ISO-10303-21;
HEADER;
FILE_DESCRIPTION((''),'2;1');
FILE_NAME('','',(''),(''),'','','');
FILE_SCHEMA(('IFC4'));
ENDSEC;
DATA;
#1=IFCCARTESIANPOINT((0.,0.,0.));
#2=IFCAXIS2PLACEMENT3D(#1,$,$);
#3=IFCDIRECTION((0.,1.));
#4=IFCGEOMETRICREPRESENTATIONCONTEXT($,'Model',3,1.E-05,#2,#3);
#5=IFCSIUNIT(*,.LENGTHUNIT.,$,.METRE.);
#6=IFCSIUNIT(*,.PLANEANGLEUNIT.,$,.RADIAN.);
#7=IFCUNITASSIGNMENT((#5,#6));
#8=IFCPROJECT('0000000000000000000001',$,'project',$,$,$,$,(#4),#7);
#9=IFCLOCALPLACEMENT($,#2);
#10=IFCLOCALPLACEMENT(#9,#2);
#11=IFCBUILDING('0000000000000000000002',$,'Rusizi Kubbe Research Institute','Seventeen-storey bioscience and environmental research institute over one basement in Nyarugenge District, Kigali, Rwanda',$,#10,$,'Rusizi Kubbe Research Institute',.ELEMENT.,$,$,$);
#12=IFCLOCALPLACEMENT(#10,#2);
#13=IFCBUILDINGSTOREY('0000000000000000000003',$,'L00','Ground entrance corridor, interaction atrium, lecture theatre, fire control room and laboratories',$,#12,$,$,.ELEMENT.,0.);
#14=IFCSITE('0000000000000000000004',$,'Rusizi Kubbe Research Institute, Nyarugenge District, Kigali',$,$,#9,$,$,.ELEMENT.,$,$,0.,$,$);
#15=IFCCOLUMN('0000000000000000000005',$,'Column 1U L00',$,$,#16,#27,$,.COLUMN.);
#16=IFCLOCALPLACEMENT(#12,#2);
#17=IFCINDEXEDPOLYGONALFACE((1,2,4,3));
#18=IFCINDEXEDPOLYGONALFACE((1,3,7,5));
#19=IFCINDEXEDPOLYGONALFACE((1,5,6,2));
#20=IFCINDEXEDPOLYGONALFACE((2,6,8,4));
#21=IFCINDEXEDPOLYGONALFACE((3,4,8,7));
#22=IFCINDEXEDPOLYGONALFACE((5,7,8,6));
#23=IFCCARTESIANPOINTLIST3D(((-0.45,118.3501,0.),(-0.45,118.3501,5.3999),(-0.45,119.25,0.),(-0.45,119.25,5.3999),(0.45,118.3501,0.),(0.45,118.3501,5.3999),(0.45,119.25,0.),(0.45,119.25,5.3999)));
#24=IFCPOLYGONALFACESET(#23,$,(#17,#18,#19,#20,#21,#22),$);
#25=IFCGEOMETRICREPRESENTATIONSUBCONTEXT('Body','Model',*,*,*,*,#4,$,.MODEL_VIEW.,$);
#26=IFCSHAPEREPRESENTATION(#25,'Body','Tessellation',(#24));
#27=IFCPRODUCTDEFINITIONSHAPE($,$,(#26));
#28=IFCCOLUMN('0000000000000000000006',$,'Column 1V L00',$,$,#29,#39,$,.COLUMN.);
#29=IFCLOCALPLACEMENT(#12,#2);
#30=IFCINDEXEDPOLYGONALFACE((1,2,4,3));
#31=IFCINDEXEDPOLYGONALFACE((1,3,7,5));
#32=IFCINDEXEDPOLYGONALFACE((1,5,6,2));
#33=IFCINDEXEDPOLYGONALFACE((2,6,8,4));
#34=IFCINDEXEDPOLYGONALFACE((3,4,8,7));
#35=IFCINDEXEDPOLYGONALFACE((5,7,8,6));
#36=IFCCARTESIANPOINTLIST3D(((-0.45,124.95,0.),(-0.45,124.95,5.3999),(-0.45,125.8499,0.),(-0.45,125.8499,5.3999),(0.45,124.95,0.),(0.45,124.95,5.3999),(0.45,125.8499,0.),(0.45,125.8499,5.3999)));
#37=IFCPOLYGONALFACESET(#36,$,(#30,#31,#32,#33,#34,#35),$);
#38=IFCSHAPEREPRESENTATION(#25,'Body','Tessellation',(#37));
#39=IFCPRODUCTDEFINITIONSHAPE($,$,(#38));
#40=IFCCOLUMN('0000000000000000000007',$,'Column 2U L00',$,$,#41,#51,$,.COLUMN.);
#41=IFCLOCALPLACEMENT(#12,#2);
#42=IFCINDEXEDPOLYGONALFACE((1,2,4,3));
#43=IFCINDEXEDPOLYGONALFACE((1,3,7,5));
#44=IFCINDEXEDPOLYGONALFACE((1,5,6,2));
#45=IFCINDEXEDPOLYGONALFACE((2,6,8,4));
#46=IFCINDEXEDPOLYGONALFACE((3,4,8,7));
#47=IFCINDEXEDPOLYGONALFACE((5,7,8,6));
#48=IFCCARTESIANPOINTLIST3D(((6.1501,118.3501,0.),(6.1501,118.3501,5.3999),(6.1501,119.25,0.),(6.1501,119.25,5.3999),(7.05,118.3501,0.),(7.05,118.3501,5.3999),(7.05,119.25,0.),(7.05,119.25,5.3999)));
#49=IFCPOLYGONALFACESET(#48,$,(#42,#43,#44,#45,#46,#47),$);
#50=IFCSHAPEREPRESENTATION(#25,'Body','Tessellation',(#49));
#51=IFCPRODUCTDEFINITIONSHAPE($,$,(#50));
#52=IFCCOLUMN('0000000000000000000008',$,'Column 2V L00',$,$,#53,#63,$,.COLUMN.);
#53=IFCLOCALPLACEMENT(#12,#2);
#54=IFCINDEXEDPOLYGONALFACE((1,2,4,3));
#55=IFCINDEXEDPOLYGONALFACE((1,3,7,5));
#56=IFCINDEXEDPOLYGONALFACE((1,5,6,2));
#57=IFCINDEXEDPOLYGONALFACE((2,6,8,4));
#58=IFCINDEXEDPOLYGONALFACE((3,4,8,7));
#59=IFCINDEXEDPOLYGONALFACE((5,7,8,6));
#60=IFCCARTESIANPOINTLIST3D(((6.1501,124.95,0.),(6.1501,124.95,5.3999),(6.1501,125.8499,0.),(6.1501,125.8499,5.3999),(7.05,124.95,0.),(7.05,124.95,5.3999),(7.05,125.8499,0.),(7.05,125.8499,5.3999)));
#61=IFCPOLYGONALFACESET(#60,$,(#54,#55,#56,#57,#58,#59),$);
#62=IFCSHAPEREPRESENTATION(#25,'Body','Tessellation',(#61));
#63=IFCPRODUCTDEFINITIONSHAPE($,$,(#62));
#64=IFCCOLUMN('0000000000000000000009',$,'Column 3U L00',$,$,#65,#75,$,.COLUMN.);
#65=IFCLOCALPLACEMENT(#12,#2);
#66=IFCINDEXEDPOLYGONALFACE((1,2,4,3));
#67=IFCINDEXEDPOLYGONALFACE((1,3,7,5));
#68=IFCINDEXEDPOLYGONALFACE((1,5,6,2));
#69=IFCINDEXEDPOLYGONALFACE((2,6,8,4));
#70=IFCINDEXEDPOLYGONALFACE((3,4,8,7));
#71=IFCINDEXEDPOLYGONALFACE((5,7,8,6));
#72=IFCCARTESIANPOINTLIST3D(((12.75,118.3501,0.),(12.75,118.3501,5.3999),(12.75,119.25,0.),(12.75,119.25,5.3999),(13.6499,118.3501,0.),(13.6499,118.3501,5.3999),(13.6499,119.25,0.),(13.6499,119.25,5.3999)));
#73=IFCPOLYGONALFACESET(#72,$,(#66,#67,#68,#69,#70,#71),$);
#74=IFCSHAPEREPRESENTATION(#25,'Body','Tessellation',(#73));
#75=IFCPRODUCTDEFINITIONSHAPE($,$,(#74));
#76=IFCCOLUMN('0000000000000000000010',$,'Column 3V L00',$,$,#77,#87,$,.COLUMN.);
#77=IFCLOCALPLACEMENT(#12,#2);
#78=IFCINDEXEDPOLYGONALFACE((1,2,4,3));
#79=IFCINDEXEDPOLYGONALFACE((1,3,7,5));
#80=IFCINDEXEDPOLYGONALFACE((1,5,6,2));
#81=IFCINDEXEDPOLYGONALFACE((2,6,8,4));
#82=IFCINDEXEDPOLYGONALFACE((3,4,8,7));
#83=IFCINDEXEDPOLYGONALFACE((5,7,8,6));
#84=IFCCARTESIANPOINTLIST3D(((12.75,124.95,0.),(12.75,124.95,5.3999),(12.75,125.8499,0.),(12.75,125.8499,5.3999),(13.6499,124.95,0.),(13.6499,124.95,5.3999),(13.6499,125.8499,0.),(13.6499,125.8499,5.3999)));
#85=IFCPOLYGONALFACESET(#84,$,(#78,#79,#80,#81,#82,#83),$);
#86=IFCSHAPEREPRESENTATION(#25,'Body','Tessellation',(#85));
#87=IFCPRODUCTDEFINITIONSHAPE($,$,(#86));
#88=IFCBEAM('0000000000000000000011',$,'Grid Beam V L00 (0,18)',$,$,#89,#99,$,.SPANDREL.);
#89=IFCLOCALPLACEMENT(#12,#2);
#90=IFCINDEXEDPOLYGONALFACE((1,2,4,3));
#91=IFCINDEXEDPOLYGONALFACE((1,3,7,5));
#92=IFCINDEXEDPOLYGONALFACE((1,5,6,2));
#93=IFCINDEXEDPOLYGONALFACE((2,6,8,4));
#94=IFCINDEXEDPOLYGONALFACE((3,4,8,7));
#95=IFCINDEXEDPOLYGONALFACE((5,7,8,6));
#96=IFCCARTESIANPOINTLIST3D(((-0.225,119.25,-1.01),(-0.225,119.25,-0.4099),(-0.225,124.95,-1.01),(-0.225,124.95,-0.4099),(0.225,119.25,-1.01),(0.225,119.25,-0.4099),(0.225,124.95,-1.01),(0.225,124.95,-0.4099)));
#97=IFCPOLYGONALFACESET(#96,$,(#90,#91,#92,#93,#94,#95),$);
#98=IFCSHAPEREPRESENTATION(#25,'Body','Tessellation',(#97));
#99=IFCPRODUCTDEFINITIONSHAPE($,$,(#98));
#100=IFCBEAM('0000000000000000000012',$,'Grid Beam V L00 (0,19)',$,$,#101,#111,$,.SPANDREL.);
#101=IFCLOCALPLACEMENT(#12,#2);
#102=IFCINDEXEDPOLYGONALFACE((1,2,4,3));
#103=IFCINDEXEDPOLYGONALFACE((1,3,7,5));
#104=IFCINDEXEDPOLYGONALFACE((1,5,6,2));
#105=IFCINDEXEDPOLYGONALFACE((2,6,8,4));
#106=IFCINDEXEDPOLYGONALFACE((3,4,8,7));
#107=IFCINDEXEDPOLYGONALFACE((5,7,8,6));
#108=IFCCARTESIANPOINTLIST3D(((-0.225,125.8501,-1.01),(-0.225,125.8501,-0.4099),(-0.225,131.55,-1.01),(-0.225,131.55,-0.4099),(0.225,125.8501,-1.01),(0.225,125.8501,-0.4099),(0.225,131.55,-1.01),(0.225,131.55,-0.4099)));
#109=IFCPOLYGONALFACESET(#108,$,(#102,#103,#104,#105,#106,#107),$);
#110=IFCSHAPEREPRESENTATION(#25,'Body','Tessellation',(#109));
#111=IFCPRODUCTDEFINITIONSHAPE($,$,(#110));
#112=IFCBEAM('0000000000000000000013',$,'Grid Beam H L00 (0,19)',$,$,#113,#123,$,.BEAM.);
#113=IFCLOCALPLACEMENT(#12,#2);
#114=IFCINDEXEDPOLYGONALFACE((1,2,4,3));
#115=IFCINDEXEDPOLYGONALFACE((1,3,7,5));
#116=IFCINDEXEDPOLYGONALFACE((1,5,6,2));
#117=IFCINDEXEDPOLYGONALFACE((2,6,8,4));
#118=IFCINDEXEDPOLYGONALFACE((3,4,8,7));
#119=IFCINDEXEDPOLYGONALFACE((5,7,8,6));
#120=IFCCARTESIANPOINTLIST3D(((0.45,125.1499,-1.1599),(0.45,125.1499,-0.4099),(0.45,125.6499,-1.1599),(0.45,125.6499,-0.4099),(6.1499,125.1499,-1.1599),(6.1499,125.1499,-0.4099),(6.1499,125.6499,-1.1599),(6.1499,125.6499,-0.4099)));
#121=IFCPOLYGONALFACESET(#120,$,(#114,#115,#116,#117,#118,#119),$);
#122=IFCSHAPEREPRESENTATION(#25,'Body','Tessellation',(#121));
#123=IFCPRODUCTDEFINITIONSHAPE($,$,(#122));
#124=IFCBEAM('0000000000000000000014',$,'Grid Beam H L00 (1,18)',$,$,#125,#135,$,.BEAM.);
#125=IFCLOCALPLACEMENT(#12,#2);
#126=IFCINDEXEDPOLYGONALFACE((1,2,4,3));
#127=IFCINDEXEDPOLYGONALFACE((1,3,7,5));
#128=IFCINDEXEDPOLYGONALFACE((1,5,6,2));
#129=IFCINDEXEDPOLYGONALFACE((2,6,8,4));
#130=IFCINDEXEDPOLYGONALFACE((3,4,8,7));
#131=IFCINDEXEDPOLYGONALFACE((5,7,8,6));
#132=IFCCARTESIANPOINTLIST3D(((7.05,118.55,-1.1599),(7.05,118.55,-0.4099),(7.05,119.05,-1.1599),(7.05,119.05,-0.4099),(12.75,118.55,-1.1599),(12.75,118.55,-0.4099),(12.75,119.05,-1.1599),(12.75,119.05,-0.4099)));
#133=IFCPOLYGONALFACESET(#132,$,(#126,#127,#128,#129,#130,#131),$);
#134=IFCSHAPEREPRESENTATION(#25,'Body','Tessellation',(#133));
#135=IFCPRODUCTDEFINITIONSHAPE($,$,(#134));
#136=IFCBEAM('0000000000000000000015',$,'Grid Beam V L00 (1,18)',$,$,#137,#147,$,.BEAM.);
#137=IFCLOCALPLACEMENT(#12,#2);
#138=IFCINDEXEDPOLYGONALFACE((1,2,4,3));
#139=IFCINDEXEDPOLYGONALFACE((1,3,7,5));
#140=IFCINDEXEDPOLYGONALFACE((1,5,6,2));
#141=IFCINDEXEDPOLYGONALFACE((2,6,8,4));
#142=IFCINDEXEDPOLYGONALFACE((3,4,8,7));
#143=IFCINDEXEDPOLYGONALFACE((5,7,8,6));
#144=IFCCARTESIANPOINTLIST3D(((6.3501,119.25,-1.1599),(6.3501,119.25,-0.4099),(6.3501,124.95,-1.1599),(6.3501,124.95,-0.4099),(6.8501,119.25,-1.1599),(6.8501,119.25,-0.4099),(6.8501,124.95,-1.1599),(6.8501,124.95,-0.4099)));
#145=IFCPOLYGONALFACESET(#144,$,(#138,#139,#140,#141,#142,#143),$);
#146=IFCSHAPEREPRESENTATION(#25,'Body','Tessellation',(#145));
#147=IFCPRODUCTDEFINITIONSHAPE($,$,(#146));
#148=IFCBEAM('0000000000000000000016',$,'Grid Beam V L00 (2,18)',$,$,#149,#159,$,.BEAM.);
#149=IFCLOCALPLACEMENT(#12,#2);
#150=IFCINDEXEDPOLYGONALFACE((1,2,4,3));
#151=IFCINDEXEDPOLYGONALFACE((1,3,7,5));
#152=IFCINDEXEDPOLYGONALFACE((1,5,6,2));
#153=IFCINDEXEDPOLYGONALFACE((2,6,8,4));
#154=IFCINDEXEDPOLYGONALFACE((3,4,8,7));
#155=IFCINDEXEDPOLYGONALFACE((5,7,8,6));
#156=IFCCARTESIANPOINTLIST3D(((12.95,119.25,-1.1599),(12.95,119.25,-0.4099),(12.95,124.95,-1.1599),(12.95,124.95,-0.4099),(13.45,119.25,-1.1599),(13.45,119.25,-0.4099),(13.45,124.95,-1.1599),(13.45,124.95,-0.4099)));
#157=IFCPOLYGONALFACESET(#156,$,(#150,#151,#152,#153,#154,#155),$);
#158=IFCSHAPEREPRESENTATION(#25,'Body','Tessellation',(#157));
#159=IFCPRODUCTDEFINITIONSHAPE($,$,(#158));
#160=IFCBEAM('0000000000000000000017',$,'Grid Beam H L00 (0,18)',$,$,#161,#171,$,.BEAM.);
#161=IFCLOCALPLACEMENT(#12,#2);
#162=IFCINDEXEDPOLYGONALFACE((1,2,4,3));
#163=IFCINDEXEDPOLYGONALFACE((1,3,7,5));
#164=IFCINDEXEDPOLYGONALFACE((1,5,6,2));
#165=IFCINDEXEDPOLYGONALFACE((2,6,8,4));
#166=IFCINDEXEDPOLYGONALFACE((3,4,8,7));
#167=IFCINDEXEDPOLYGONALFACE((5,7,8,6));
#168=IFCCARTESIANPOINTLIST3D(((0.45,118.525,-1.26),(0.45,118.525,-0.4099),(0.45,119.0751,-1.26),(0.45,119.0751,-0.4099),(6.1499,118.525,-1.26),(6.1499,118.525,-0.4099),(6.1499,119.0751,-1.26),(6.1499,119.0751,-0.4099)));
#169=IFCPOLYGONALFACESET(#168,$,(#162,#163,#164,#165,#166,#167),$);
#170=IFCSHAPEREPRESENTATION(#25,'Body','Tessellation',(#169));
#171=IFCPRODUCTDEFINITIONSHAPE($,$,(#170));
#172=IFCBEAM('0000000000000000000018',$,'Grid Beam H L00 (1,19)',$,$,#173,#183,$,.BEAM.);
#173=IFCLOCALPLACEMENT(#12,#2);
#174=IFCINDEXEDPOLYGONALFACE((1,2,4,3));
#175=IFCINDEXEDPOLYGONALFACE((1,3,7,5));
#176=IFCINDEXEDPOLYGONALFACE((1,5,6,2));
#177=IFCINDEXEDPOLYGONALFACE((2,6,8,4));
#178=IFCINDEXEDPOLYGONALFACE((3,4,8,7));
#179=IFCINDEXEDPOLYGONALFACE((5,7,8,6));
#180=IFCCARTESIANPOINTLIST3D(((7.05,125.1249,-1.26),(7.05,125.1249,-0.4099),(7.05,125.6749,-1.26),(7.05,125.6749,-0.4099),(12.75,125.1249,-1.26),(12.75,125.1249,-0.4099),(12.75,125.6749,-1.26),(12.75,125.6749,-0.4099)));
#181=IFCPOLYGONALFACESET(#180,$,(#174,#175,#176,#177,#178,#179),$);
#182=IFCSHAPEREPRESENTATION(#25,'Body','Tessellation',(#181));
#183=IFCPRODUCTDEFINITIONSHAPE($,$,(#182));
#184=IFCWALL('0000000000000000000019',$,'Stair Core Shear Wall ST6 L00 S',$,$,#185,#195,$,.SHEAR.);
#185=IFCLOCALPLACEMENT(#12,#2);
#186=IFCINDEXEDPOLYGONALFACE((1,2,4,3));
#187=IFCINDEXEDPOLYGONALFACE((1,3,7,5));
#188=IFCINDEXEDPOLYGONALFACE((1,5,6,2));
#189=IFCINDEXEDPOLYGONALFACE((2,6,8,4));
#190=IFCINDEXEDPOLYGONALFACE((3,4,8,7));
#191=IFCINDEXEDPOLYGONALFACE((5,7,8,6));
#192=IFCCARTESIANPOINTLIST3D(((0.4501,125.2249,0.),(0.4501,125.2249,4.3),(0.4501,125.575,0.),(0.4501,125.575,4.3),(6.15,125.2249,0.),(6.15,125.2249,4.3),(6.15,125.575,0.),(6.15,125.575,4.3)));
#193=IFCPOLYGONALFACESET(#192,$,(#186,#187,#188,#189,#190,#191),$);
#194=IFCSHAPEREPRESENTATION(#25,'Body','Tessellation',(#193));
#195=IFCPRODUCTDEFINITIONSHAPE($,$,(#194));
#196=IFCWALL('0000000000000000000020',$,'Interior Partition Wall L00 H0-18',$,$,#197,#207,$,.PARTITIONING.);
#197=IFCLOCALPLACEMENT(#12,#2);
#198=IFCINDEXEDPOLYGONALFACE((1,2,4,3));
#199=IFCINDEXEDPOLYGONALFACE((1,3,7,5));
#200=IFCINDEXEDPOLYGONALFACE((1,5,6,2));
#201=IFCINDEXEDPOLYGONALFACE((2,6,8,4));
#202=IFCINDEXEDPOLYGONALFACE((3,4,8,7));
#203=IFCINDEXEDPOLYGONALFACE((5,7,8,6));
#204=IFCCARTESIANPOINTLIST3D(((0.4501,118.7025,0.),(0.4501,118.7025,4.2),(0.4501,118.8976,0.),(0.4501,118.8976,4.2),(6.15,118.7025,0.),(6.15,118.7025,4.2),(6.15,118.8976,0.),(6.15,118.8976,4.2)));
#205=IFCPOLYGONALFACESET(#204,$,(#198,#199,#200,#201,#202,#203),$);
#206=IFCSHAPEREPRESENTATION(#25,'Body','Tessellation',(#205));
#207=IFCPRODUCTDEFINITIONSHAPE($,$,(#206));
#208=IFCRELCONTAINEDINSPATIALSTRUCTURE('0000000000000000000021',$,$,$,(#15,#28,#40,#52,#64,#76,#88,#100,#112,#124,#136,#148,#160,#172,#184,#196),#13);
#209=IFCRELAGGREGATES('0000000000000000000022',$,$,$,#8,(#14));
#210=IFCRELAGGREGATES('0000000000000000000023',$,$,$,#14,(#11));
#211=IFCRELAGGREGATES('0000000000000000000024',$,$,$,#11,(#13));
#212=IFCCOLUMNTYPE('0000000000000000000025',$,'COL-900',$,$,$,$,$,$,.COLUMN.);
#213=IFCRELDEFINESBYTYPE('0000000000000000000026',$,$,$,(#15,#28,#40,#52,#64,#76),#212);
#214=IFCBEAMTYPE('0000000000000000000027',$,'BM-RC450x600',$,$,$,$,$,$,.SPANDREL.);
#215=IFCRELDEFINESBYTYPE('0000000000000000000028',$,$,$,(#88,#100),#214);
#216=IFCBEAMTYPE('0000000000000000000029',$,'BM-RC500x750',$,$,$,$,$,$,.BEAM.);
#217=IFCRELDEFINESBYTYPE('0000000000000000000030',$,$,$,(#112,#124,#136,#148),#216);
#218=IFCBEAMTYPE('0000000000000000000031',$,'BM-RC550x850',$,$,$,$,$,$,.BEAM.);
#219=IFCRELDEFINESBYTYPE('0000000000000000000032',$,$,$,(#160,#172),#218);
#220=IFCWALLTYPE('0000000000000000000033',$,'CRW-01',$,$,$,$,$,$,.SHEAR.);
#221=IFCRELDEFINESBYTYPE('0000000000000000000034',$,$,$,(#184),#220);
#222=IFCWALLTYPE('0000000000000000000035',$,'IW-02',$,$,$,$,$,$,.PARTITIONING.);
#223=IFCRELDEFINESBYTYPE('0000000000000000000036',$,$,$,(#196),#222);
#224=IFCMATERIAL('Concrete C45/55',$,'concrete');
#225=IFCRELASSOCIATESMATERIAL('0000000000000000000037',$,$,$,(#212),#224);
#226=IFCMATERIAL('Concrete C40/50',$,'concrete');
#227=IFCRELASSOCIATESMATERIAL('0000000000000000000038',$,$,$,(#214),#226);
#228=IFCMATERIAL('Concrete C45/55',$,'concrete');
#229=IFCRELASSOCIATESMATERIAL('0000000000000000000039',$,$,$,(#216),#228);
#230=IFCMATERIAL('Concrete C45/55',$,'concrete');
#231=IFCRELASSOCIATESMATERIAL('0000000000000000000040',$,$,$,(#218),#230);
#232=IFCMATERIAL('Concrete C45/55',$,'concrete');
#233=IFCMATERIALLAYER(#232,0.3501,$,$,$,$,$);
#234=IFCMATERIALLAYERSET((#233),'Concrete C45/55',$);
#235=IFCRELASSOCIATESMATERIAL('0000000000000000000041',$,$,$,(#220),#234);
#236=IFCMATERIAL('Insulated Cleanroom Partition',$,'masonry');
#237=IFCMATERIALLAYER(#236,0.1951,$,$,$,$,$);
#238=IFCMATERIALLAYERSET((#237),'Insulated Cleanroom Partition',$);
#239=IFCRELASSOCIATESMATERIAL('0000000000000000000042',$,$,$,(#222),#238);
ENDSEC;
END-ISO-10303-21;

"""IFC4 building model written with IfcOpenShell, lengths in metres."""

from ifc_helpers import new_model, si_unit, direction, frame, frame_2d, origin, origin_2d, place, context, subcontext, project, spatial, rectangle, extrude, material, layer, layer_set, material_profile, profile_set, type_object, element, save


model = new_model("IFC4")

# Units and contexts
model_context = context("Model", 3, precision=1e-05, world=origin(), true_north=direction((0.0, 1.0)))
body_context = subcontext(model_context, "Body", "Model", "MODEL_VIEW")
ifc_project = project(units=[si_unit("LENGTHUNIT", "METRE"), si_unit("PLANEANGLEUNIT", "RADIAN")], contexts=[model_context])

# Site, building, storey
site_placement = place(None, origin())
site = spatial("IfcSite", under=ifc_project, at=site_placement, Name="Rusizi Kubbe Research Institute, Nyarugenge District, Kigali", CompositionType="ELEMENT", RefElevation=0.0)
building_placement = place(site_placement, origin())
building = spatial("IfcBuilding", under=site, at=building_placement, Name="Rusizi Kubbe Research Institute", Description="Seventeen-storey bioscience and environmental research institute over one basement in Nyarugenge District, Kigali, Rwanda", LongName="Rusizi Kubbe Research Institute", CompositionType="ELEMENT")
storey_placement = place(building_placement, origin())
storey = spatial("IfcBuildingStorey", under=building, at=storey_placement, Name="L00", Description="Ground entrance corridor, interaction atrium, lecture theatre, fire control room and laboratories", CompositionType="ELEMENT", Elevation=0.0)

# Columns
ifc_material_1 = material(Name="Concrete C45/55", Category="concrete")
ifc_material_profile_1 = material_profile(ifc_material_1, rectangle(XDim=0.8999, YDim=0.8999, at=origin_2d()), Name="RC900x900")
ifc_profile_set_1 = profile_set([ifc_material_profile_1], Name="Concrete C45/55")
column_type = type_object("IfcColumnType", Name="COL-900", PredefinedType="COLUMN", material=ifc_profile_set_1)
for number, where, z_axis, x_axis, name in (
    (1, (0.0, 118.8, 0.0), (0.0, 0.0, 1.0), (1.0, 0.0, 0.0), "Column 1U L00"),
    (2, (0.0, 125.3999, 0.0), (0.0, 0.0, 1.0), (1.0, 0.0, 0.0), "Column 1V L00"),
    (3, (6.6001, 118.8, 0.0), (0.0, 0.0, 1.0), (1.0, 0.0, 0.0), "Column 2U L00"),
    (4, (6.6001, 125.3999, 0.0), (0.0, 0.0, 1.0), (1.0, 0.0, 0.0), "Column 2V L00"),
    (5, (13.2, 118.8, 0.0), (0.0, 0.0, 1.0), (1.0, 0.0, 0.0), "Column 3U L00"),
    (6, (13.2, 125.3999, 0.0), (0.0, 0.0, 1.0), (1.0, 0.0, 0.0), "Column 3V L00"),
):
    element("IfcColumn", number, at=place(storey_placement, frame(where, z_axis=z_axis, x_axis=x_axis)), inside=storey, type_object=column_type, Name=name, PredefinedType="COLUMN", context=body_context, shape_type="SweptSolid", body=[
        extrude(rectangle(XDim=0.8999, YDim=0.8999, at=origin_2d()), origin(), (0.0, 0.0, 1.0), 5.3999),
    ])

# Beams
ifc_material_2 = material(Name="Concrete C40/50", Category="concrete")
ifc_material_profile_2 = material_profile(ifc_material_2, rectangle(XDim=0.45, YDim=0.6001, at=origin_2d()), Name="RC450x600")
ifc_profile_set_2 = profile_set([ifc_material_profile_2], Name="Concrete C40/50")
beam_type_1 = type_object("IfcBeamType", Name="BM-RC450x600", PredefinedType="SPANDREL", material=ifc_profile_set_2)
for number, where, z_axis, x_axis, name in (
    (7, (0.0, 119.25, -0.71), (0.0, 1.0, 0.0), (-1.0, 0.0, 0.0), "Grid Beam V L00 (0,18)"),
    (8, (0.0, 125.8501, -0.71), (0.0, 1.0, 0.0), (-1.0, 0.0, 0.0), "Grid Beam V L00 (0,19)"),
):
    element("IfcBeam", number, at=place(storey_placement, frame(where, z_axis=z_axis, x_axis=x_axis)), inside=storey, type_object=beam_type_1, Name=name, PredefinedType="SPANDREL", context=body_context, shape_type="SweptSolid", body=[
        extrude(rectangle(XDim=0.45, YDim=0.6001, at=origin_2d()), origin(), (0.0, 0.0, 1.0), 5.7),
    ])
ifc_material_3 = material(Name="Concrete C45/55", Category="concrete")
ifc_material_profile_3 = material_profile(ifc_material_3, rectangle(XDim=0.5, YDim=0.75, at=origin_2d()), Name="RC500x750B")
ifc_profile_set_3 = profile_set([ifc_material_profile_3], Name="Concrete C45/55")
beam_type_2 = type_object("IfcBeamType", Name="BM-RC500x750", PredefinedType="BEAM", material=ifc_profile_set_3)
for number, where, z_axis, x_axis, name in (
    (9, (0.45, 125.3999, -0.7849), (1.0, 0.0, 0.0), (0.0, 1.0, 0.0), "Grid Beam H L00 (0,19)"),
    (10, (7.05, 118.8, -0.7849), (1.0, 0.0, 0.0), (0.0, 1.0, 0.0), "Grid Beam H L00 (1,18)"),
    (11, (6.6001, 119.25, -0.7849), (0.0, 1.0, 0.0), (-1.0, 0.0, 0.0), "Grid Beam V L00 (1,18)"),
    (12, (13.2, 119.25, -0.7849), (0.0, 1.0, 0.0), (-1.0, 0.0, 0.0), "Grid Beam V L00 (2,18)"),
):
    element("IfcBeam", number, at=place(storey_placement, frame(where, z_axis=z_axis, x_axis=x_axis)), inside=storey, type_object=beam_type_2, Name=name, PredefinedType="BEAM", context=body_context, shape_type="SweptSolid", body=[
        extrude(rectangle(XDim=0.5, YDim=0.75, at=origin_2d()), origin(), (0.0, 0.0, 1.0), 5.7),
    ])
ifc_material_4 = material(Name="Concrete C45/55", Category="concrete")
ifc_material_profile_4 = material_profile(ifc_material_4, rectangle(XDim=0.55, YDim=0.8501, at=origin_2d()), Name="RC550x850")
ifc_profile_set_4 = profile_set([ifc_material_profile_4], Name="Concrete C45/55")
beam_type_3 = type_object("IfcBeamType", Name="BM-RC550x850", PredefinedType="BEAM", material=ifc_profile_set_4)
for number, where, z_axis, x_axis, name in (
    (13, (0.45, 118.8, -0.835), (1.0, 0.0, 0.0), (0.0, 1.0, 0.0), "Grid Beam H L00 (0,18)"),
    (14, (7.05, 125.3999, -0.835), (1.0, 0.0, 0.0), (0.0, 1.0, 0.0), "Grid Beam H L00 (1,19)"),
):
    element("IfcBeam", number, at=place(storey_placement, frame(where, z_axis=z_axis, x_axis=x_axis)), inside=storey, type_object=beam_type_3, Name=name, PredefinedType="BEAM", context=body_context, shape_type="SweptSolid", body=[
        extrude(rectangle(XDim=0.55, YDim=0.8501, at=origin_2d()), origin(), (0.0, 0.0, 1.0), 5.7),
    ])

# Walls
ifc_material_5 = material(Name="Concrete C45/55", Category="concrete")
ifc_layer_1 = layer(ifc_material_5, 0.3501)
ifc_layer_set_1 = layer_set([ifc_layer_1], Name="Concrete C45/55")
wall_type_1 = type_object("IfcWallType", Name="CRW-01", PredefinedType="SHEAR", material=ifc_layer_set_1)
wall_1_placement = place(storey_placement, frame((0.45, 125.3999, 0.0), z_axis=(0.0, 0.0, 1.0), x_axis=(1.0, 0.0, 0.0)))
element("IfcWall", 15, at=wall_1_placement, inside=storey, type_object=wall_type_1, Name="Stair Core Shear Wall ST6 L00 S", PredefinedType="SHEAR", context=body_context, shape_type="SweptSolid", body=[
    extrude(rectangle(XDim=5.7, YDim=0.3501, at=frame_2d((2.8501, 0.0))), origin(), (0.0, 0.0, 1.0), 4.3),
])
ifc_material_6 = material(Name="Insulated Cleanroom Partition", Category="masonry")
ifc_layer_2 = layer(ifc_material_6, 0.1951)
ifc_layer_set_2 = layer_set([ifc_layer_2], Name="Insulated Cleanroom Partition")
wall_type_2 = type_object("IfcWallType", Name="IW-02", PredefinedType="PARTITIONING", material=ifc_layer_set_2)
wall_2_placement = place(storey_placement, frame((0.45, 118.8, 0.0), z_axis=(0.0, 0.0, 1.0), x_axis=(1.0, 0.0, 0.0)))
element("IfcWall", 16, at=wall_2_placement, inside=storey, type_object=wall_type_2, Name="Interior Partition Wall L00 H0-18", PredefinedType="PARTITIONING", context=body_context, shape_type="SweptSolid", body=[
    extrude(rectangle(XDim=5.7, YDim=0.1951, at=frame_2d((2.8501, 0.0))), origin(), (0.0, 0.0, 1.0), 4.2),
])

save(model, "model.ifc")
